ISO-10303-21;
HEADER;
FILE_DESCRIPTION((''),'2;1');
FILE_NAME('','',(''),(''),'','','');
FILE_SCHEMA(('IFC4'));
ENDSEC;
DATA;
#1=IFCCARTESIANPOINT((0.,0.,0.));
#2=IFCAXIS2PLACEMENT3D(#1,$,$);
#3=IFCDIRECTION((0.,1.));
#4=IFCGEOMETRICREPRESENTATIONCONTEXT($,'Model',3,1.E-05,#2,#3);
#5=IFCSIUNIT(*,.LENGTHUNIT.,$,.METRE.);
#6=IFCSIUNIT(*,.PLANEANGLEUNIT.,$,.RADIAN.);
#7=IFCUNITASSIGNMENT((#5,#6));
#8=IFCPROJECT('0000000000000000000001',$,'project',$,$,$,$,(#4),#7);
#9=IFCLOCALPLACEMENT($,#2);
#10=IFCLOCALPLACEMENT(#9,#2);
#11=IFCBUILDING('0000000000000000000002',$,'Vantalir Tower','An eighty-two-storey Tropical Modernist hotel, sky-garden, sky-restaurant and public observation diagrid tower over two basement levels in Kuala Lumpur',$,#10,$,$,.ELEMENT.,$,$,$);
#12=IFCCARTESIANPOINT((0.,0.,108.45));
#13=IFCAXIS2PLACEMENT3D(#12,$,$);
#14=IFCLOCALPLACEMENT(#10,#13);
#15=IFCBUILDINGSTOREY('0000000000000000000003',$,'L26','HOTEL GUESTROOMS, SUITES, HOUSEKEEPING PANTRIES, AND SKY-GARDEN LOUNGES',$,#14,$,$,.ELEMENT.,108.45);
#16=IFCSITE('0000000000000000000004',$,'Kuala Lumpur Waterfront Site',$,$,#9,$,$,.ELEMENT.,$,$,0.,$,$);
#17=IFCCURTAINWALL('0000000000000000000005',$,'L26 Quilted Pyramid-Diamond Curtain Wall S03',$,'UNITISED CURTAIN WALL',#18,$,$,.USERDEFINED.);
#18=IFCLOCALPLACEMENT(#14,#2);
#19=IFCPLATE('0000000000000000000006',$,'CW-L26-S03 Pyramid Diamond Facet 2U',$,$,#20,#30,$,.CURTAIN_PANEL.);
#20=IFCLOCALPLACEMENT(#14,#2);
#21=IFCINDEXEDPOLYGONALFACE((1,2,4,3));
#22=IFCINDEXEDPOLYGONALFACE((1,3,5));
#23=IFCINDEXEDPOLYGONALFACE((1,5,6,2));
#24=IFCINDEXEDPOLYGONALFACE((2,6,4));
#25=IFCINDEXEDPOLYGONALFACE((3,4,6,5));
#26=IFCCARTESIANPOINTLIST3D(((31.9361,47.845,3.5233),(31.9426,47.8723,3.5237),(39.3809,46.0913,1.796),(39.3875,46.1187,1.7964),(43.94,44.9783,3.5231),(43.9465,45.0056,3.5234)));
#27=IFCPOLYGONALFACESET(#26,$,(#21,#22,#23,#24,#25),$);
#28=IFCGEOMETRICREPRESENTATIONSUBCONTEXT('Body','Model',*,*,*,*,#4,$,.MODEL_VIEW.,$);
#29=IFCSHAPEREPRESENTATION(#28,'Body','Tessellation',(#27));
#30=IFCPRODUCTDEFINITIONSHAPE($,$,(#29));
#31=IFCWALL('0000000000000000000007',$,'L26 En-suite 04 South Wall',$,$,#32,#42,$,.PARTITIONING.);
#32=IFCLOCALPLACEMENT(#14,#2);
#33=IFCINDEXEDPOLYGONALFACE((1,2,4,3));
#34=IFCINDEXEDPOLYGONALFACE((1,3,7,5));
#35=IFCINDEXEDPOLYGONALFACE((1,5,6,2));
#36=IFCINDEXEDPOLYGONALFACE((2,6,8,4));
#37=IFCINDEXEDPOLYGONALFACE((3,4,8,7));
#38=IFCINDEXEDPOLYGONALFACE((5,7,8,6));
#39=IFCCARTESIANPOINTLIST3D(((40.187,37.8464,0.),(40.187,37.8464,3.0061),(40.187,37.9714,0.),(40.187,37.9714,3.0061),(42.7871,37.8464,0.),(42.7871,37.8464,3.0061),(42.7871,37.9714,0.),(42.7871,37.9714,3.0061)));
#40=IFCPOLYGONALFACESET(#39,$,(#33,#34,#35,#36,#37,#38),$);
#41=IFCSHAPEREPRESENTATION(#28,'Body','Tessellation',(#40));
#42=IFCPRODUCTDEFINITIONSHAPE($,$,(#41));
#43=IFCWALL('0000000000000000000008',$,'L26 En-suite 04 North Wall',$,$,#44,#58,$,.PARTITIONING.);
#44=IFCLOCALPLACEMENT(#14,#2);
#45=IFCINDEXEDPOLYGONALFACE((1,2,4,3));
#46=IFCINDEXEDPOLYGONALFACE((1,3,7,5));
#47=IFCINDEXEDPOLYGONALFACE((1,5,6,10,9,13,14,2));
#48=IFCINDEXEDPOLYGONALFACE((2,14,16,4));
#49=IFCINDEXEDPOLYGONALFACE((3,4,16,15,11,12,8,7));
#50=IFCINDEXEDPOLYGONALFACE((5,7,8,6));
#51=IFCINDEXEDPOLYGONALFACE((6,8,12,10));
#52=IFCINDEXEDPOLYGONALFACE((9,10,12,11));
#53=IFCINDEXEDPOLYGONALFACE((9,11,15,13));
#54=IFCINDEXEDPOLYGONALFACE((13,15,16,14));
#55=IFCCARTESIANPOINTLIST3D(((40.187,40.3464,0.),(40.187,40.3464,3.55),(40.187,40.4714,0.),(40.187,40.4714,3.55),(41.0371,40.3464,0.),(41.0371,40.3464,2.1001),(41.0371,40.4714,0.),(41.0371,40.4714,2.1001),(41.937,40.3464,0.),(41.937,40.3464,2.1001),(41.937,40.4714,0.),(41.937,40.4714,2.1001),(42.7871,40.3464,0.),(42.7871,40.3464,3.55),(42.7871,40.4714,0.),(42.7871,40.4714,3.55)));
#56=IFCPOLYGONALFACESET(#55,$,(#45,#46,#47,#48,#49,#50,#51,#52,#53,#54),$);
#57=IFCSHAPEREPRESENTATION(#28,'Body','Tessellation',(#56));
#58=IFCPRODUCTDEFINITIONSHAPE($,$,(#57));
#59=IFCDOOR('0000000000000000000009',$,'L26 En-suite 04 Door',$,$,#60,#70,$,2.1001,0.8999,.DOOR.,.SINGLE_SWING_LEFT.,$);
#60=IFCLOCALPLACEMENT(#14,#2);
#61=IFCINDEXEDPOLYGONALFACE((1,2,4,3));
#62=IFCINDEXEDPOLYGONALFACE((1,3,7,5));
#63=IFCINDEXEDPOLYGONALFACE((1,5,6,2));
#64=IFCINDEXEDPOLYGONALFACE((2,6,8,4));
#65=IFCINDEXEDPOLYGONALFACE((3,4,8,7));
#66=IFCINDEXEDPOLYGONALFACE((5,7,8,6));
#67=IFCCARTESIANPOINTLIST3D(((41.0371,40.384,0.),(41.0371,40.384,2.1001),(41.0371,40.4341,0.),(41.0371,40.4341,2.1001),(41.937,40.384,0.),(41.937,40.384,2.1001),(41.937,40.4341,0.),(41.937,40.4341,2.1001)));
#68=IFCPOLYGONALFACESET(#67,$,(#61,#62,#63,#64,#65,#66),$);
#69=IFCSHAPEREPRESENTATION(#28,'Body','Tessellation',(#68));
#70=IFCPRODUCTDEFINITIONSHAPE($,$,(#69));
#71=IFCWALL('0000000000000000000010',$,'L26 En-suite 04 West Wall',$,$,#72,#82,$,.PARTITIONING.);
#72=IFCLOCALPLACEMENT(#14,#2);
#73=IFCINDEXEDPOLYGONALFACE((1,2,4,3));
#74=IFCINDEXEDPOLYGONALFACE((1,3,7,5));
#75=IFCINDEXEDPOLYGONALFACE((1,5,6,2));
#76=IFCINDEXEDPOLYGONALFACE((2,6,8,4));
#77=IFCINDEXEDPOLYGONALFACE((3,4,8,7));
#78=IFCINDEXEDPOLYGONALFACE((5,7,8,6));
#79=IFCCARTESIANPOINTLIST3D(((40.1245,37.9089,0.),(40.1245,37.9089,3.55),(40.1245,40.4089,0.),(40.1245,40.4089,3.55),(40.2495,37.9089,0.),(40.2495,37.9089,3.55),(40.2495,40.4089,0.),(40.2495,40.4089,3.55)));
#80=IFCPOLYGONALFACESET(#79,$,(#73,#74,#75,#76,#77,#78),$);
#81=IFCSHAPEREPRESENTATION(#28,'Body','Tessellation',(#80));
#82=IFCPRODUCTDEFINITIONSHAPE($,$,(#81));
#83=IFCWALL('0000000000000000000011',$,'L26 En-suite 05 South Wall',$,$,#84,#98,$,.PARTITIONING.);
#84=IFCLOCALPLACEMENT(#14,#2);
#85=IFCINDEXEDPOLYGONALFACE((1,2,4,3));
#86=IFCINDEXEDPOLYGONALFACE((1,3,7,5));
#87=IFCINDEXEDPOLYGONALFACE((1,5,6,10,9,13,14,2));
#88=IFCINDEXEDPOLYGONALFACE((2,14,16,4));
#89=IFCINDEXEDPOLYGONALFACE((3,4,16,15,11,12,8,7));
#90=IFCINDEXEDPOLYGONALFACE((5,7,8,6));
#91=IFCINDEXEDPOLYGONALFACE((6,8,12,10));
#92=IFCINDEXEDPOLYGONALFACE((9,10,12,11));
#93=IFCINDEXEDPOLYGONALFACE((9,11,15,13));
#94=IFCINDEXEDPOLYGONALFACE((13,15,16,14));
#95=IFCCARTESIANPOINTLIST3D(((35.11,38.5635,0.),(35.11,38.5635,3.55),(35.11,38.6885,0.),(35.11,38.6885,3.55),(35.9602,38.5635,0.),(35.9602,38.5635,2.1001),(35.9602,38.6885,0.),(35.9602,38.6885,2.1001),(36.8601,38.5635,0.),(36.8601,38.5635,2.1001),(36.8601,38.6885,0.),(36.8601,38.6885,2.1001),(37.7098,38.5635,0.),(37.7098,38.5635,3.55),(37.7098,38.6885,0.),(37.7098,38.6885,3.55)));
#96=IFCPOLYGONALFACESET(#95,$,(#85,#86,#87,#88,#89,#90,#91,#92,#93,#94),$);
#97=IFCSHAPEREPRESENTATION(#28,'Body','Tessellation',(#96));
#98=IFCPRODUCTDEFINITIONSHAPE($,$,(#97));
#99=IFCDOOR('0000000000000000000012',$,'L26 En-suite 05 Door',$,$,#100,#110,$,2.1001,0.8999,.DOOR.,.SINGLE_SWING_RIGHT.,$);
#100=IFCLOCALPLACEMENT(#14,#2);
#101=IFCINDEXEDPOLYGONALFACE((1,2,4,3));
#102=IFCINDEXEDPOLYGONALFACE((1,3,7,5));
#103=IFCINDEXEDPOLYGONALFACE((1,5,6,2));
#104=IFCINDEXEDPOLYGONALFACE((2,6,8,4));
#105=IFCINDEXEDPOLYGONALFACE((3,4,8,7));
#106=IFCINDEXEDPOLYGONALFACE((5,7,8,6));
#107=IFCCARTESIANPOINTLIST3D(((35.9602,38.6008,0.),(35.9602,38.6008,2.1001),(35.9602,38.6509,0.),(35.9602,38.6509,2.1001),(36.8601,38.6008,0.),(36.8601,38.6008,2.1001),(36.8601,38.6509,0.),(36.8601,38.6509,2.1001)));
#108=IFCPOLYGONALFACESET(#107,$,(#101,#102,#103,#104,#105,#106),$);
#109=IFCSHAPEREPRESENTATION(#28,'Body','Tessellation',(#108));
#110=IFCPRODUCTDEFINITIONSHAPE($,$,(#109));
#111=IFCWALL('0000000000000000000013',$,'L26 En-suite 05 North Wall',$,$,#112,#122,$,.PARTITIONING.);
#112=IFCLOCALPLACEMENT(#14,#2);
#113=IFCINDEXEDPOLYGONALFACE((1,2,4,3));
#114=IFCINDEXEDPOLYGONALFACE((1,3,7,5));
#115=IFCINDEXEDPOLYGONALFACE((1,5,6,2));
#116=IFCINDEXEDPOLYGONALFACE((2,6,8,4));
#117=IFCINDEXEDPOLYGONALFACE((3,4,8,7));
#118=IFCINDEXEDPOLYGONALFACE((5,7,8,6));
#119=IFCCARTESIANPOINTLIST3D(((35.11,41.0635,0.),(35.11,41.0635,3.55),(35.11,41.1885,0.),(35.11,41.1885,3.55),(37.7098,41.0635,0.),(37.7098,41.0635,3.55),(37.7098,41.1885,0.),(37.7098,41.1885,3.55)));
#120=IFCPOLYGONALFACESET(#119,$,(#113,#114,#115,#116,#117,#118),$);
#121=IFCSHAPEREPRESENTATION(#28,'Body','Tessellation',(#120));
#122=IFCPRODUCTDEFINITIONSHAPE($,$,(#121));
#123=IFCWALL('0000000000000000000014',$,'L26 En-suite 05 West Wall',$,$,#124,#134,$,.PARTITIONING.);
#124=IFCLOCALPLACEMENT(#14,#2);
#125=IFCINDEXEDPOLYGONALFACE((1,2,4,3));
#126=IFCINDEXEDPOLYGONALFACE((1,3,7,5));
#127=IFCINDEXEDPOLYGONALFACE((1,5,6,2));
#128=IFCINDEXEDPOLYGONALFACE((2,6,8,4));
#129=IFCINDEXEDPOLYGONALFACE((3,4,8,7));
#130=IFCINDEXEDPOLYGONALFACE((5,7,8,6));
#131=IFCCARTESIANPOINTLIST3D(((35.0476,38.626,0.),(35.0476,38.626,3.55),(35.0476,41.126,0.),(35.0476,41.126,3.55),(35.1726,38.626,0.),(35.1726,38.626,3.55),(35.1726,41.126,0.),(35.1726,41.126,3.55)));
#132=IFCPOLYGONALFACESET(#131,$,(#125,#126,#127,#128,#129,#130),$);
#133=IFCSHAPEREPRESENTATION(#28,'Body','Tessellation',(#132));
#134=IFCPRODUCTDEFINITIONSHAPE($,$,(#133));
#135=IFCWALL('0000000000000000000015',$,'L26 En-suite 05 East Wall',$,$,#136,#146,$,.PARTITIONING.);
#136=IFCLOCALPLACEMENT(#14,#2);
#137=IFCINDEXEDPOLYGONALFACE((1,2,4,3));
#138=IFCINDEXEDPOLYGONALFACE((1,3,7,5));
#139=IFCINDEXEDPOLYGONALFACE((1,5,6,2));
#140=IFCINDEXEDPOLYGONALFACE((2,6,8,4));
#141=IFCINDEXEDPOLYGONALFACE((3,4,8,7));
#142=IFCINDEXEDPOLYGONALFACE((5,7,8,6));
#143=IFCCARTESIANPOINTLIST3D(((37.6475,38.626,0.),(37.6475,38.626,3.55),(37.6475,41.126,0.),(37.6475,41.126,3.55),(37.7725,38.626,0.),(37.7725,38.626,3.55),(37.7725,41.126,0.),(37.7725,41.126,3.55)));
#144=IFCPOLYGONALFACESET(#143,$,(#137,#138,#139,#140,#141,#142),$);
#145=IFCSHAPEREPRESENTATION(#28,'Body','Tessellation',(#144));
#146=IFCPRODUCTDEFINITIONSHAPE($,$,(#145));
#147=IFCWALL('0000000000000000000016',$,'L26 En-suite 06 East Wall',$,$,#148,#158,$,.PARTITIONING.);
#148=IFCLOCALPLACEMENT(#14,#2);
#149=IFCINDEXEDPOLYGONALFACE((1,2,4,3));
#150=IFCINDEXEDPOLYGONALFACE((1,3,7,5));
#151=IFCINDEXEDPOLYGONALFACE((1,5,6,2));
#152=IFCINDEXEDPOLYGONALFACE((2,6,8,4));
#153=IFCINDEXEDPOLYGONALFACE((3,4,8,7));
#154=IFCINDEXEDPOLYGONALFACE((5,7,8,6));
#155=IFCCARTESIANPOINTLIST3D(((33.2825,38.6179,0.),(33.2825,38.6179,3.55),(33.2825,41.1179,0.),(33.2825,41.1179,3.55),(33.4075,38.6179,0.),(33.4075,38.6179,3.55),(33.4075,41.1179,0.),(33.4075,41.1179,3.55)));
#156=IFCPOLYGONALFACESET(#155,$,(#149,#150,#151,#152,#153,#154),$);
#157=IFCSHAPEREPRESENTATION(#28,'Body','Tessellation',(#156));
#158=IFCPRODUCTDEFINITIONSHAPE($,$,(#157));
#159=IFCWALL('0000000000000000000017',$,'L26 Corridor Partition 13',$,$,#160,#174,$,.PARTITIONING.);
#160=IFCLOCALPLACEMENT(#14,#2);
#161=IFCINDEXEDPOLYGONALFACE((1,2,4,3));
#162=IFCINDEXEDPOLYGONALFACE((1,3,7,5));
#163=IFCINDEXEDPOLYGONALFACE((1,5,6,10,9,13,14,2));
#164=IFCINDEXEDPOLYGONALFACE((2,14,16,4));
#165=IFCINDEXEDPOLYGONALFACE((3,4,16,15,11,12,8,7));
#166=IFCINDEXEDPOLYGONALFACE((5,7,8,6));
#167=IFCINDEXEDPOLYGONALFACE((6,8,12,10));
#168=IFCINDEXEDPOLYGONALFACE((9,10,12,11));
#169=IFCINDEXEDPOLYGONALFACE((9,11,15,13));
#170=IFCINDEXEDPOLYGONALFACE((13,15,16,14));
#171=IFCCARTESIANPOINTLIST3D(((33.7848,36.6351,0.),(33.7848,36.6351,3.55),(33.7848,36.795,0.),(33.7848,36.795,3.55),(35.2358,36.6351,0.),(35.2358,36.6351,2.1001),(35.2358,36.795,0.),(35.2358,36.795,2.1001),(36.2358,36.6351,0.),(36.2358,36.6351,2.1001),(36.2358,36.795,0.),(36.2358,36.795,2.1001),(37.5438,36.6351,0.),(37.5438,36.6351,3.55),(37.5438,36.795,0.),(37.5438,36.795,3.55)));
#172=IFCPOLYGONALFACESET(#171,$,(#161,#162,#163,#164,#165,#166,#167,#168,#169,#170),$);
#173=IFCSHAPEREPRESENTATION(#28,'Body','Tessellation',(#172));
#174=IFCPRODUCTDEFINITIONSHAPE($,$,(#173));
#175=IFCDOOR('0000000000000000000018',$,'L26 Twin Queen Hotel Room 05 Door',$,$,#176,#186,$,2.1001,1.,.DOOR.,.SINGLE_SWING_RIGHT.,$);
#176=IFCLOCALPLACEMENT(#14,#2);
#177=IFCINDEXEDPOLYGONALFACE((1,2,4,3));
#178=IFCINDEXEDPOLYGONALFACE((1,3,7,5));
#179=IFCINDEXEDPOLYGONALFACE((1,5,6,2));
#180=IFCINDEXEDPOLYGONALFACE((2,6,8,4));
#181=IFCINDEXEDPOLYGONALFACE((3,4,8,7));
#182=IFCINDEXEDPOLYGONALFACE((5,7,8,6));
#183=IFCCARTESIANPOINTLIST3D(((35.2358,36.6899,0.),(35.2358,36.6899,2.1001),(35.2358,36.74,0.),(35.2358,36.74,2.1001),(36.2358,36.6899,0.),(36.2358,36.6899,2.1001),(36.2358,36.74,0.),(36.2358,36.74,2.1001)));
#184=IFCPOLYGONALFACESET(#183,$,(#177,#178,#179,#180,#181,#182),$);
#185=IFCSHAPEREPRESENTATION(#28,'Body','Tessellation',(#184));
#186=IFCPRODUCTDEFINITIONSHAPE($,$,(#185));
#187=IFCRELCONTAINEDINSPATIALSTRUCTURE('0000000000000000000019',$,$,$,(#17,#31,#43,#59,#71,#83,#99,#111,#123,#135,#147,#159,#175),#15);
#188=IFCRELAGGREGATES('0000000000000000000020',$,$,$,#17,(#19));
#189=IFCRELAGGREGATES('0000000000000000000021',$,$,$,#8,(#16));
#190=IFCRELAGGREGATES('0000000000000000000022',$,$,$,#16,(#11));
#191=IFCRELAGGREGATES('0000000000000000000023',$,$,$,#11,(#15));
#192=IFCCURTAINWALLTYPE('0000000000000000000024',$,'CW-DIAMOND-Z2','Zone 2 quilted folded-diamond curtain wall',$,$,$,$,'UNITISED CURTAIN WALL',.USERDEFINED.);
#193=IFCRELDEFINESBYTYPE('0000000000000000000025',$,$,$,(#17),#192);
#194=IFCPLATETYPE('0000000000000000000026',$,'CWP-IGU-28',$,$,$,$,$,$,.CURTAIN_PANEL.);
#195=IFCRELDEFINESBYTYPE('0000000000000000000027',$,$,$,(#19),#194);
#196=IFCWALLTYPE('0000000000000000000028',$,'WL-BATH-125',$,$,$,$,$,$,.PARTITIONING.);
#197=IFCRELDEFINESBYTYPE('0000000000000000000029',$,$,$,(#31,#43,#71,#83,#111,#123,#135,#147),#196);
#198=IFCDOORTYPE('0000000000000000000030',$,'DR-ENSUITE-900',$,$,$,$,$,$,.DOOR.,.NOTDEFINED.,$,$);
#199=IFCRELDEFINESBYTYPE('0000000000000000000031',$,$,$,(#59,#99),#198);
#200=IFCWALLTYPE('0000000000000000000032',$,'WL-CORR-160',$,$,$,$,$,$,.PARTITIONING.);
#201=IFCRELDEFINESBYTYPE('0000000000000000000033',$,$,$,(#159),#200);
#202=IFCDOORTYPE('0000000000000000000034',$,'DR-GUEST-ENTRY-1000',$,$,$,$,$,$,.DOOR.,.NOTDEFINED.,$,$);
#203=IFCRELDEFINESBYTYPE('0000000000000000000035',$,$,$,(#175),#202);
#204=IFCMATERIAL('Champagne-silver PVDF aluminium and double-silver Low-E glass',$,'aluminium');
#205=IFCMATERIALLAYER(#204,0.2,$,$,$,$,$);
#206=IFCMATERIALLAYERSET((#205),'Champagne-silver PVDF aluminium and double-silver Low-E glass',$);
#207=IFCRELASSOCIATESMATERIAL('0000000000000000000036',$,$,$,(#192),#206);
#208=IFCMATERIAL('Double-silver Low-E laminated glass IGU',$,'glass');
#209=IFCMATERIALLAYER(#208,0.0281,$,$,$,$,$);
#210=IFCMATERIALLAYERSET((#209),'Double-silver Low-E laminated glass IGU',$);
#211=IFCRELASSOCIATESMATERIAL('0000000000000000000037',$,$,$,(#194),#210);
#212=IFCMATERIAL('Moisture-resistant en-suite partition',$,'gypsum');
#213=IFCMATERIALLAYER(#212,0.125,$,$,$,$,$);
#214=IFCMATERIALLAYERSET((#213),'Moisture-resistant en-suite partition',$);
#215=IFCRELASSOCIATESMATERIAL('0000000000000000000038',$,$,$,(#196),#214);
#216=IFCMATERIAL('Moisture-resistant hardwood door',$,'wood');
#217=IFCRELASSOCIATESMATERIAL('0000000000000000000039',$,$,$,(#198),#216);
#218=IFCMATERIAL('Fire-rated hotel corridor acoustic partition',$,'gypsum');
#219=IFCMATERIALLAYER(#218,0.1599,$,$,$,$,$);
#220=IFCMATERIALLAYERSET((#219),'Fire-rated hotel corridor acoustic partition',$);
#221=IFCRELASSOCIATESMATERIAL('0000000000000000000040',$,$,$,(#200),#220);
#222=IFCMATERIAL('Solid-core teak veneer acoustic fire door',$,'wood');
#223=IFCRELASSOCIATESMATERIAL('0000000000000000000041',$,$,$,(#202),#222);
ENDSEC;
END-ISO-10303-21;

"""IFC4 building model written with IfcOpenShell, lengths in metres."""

from ifc_helpers import new_model, si_unit, direction, frame, frame_2d, origin, place, context, subcontext, project, spatial, polyline, rectangle, outline, extrude, material, layer, layer_set, type_object, element, fill, aggregate, save


model = new_model("IFC4")

# Units and contexts
model_context = context("Model", 3, precision=1e-05, world=origin(), true_north=direction((0.0, 1.0)))
body_context = subcontext(model_context, "Body", "Model", "MODEL_VIEW")
ifc_project = project(units=[si_unit("LENGTHUNIT", "METRE"), si_unit("PLANEANGLEUNIT", "RADIAN")], contexts=[model_context])

# Site, building, storey
site_placement = place(None, origin())
site = spatial("IfcSite", under=ifc_project, at=site_placement, Name="Kuala Lumpur Waterfront Site", CompositionType="ELEMENT", RefElevation=0.0)
building_placement = place(site_placement, origin())
building = spatial("IfcBuilding", under=site, at=building_placement, Name="Vantalir Tower", Description="An eighty-two-storey Tropical Modernist hotel, sky-garden, sky-restaurant and public observation diagrid tower over two basement levels in Kuala Lumpur", CompositionType="ELEMENT")
storey_placement = place(building_placement, frame((0.0, 0.0, 108.45)))
storey = spatial("IfcBuildingStorey", under=building, at=storey_placement, Name="L26", Description="HOTEL GUESTROOMS, SUITES, HOUSEKEEPING PANTRIES, AND SKY-GARDEN LOUNGES", CompositionType="ELEMENT", Elevation=108.45)

# Curtain wall, plate
ifc_material_1 = material(Name="Champagne-silver PVDF aluminium and double-silver Low-E glass", Category="aluminium")
ifc_layer_1 = layer(ifc_material_1, 0.2)
ifc_layer_set_1 = layer_set([ifc_layer_1], Name="Champagne-silver PVDF aluminium and double-silver Low-E glass")
curtain_wall_type = type_object("IfcCurtainWallType", Name="CW-DIAMOND-Z2", Description="Zone 2 quilted folded-diamond curtain wall", ElementType="UNITISED CURTAIN WALL", PredefinedType="USERDEFINED", material=ifc_layer_set_1)
curtain_wall_placement = place(storey_placement, origin())
curtain_wall = element("IfcCurtainWall", 1, at=curtain_wall_placement, inside=storey, type_object=curtain_wall_type, Name="L26 Quilted Pyramid-Diamond Curtain Wall S03", ObjectType="UNITISED CURTAIN WALL", PredefinedType="USERDEFINED")
ifc_material_2 = material(Name="Double-silver Low-E laminated glass IGU", Category="glass")
ifc_layer_2 = layer(ifc_material_2, 0.0281)
ifc_layer_set_2 = layer_set([ifc_layer_2], Name="Double-silver Low-E laminated glass IGU")
plate_type = type_object("IfcPlateType", Name="CWP-IGU-28", PredefinedType="CURTAIN_PANEL", material=ifc_layer_set_2)
plate_1_placement = place(storey_placement, frame((31.9426, 47.8723, 3.5237), z_axis=(0.232261, 0.972558, 0.013664), x_axis=(0.972648, -0.232282, -0.00002)))
plate_1 = element("IfcPlate", 2, at=plate_1_placement, type_object=plate_type, Name="CW-L26-S03 Pyramid Diamond Facet 2U", PredefinedType="CURTAIN_PANEL", context=body_context, shape_type="SweptSolid", body=[
    extrude(outline(polyline([(0.0, 0.0), (12.3415, 0.0), (7.6486, 1.7273), (0.0, 0.0)])), origin(), (0.0, 0.0, -1.0), 0.0281),
])
aggregate(curtain_wall, [plate_1])

# Wall
ifc_material_3 = material(Name="Moisture-resistant en-suite partition", Category="gypsum")
ifc_layer_3 = layer(ifc_material_3, 0.125)
ifc_layer_set_3 = layer_set([ifc_layer_3], Name="Moisture-resistant en-suite partition")
wall_type_1 = type_object("IfcWallType", Name="WL-BATH-125", PredefinedType="PARTITIONING", material=ifc_layer_set_3)
wall_1_placement = place(storey_placement, frame((40.187, 37.9089, 0.0), z_axis=(0.0, 0.0, 1.0), x_axis=(1.0, 0.0, 0.0)))
element("IfcWall", 3, at=wall_1_placement, inside=storey, type_object=wall_type_1, Name="L26 En-suite 04 South Wall", PredefinedType="PARTITIONING", context=body_context, shape_type="SweptSolid", body=[
    extrude(rectangle(XDim=2.6001, YDim=0.125, at=frame_2d((1.3, 0.0))), origin(), (0.0, 0.0, 1.0), 3.0061),
])

# Wall, opening, door
wall_2_placement = place(storey_placement, frame((40.187, 40.4089, 0.0), z_axis=(0.0, 0.0, 1.0), x_axis=(1.0, 0.0, 0.0)))
wall_2 = element("IfcWall", 4, at=wall_2_placement, inside=storey, type_object=wall_type_1, Name="L26 En-suite 04 North Wall", PredefinedType="PARTITIONING", context=body_context, shape_type="SweptSolid", body=[
    extrude(rectangle(XDim=2.6001, YDim=0.125, at=frame_2d((1.3, 0.0))), origin(), (0.0, 0.0, 1.0), 3.55),
])
opening_1_placement = place(wall_2_placement, frame((0.8501, 0.0, 0.0)))
opening_1 = element("IfcOpeningElement", 5, at=opening_1_placement, cuts=wall_2, PredefinedType="OPENING", context=body_context, shape_type="SweptSolid", body=[
    extrude(rectangle(XDim=0.8999, YDim=2.1001, at=frame_2d((0.45, 1.05))), frame((0.0, 0.0725, 0.0), z_axis=(0.0, -1.0, 0.0), x_axis=(1.0, 0.0, 0.0)), (0.0, 0.0, 1.0), 0.145),
])
ifc_material_4 = material(Name="Moisture-resistant hardwood door", Category="wood")
door_type_1 = type_object("IfcDoorType", Name="DR-ENSUITE-900", OperationType="NOTDEFINED", PredefinedType="DOOR", material=ifc_material_4)
door_1_placement = place(opening_1_placement, frame((0.8999, 0.0, 0.0), z_axis=(0.0, 0.0, 1.0), x_axis=(-1.0, 0.0, 0.0)))
door_1 = element("IfcDoor", 6, at=door_1_placement, inside=storey, type_object=door_type_1, Name="L26 En-suite 04 Door", OperationType="SINGLE_SWING_LEFT", OverallHeight=2.1001, OverallWidth=0.8999, PredefinedType="DOOR", context=body_context, shape_type="SweptSolid", body=[
    extrude(rectangle(XDim=0.8999, YDim=2.1001, at=frame_2d((0.45, 1.05))), frame((0.0, 0.0249, 0.0), z_axis=(0.0, -1.0, 0.0), x_axis=(1.0, 0.0, 0.0)), (0.0, 0.0, 1.0), 0.05),
])
fill(opening_1, door_1)

# Wall
wall_3_placement = place(storey_placement, frame((40.187, 37.9089, 0.0), z_axis=(0.0, 0.0, 1.0), x_axis=(0.0, 1.0, 0.0)))
element("IfcWall", 7, at=wall_3_placement, inside=storey, type_object=wall_type_1, Name="L26 En-suite 04 West Wall", PredefinedType="PARTITIONING", context=body_context, shape_type="SweptSolid", body=[
    extrude(rectangle(XDim=2.5, YDim=0.125, at=frame_2d((1.25, 0.0))), origin(), (0.0, 0.0, 1.0), 3.55),
])

# Wall, opening, door
wall_4_placement = place(storey_placement, frame((35.1101, 38.626, 0.0), z_axis=(0.0, 0.0, 1.0), x_axis=(1.0, 0.0, 0.0)))
wall_4 = element("IfcWall", 8, at=wall_4_placement, inside=storey, type_object=wall_type_1, Name="L26 En-suite 05 South Wall", PredefinedType="PARTITIONING", context=body_context, shape_type="SweptSolid", body=[
    extrude(rectangle(XDim=2.5999, YDim=0.125, at=frame_2d((1.2998, 0.0))), origin(), (0.0, 0.0, 1.0), 3.55),
])
opening_2_placement = place(wall_4_placement, frame((0.8501, 0.0, 0.0)))
opening_2 = element("IfcOpeningElement", 9, at=opening_2_placement, cuts=wall_4, PredefinedType="OPENING", context=body_context, shape_type="SweptSolid", body=[
    extrude(rectangle(XDim=0.8999, YDim=2.1001, at=frame_2d((0.45, 1.05))), frame((0.0, 0.0725, 0.0), z_axis=(0.0, -1.0, 0.0), x_axis=(1.0, 0.0, 0.0)), (0.0, 0.0, 1.0), 0.145),
])
door_2_placement = place(opening_2_placement, origin())
door_2 = element("IfcDoor", 10, at=door_2_placement, inside=storey, type_object=door_type_1, Name="L26 En-suite 05 Door", OperationType="SINGLE_SWING_RIGHT", OverallHeight=2.1001, OverallWidth=0.8999, PredefinedType="DOOR", context=body_context, shape_type="SweptSolid", body=[
    extrude(rectangle(XDim=0.8999, YDim=2.1001, at=frame_2d((0.45, 1.05))), frame((0.0, 0.0249, 0.0), z_axis=(0.0, -1.0, 0.0), x_axis=(1.0, 0.0, 0.0)), (0.0, 0.0, 1.0), 0.05),
])
fill(opening_2, door_2)

# Walls
wall_5_placement = place(storey_placement, frame((35.1101, 41.126, 0.0), z_axis=(0.0, 0.0, 1.0), x_axis=(1.0, 0.0, 0.0)))
element("IfcWall", 11, at=wall_5_placement, inside=storey, type_object=wall_type_1, Name="L26 En-suite 05 North Wall", PredefinedType="PARTITIONING", context=body_context, shape_type="SweptSolid", body=[
    extrude(rectangle(XDim=2.5999, YDim=0.125, at=frame_2d((1.2998, 0.0))), origin(), (0.0, 0.0, 1.0), 3.55),
])
for number, where, z_axis, x_axis, name in (
    (12, (35.1101, 38.626, 0.0), (0.0, 0.0, 1.0), (0.0, 1.0, 0.0), "L26 En-suite 05 West Wall"),
    (13, (37.71, 38.626, 0.0), (0.0, 0.0, 1.0), (0.0, 1.0, 0.0), "L26 En-suite 05 East Wall"),
    (14, (33.345, 38.6179, 0.0), (0.0, 0.0, 1.0), (0.0, 1.0, 0.0), "L26 En-suite 06 East Wall"),
):
    element("IfcWall", number, at=place(storey_placement, frame(where, z_axis=z_axis, x_axis=x_axis)), inside=storey, type_object=wall_type_1, Name=name, PredefinedType="PARTITIONING", context=body_context, shape_type="SweptSolid", body=[
        extrude(rectangle(XDim=2.5, YDim=0.125, at=frame_2d((1.25, 0.0))), origin(), (0.0, 0.0, 1.0), 3.55),
    ])

# Wall, opening, door
ifc_material_5 = material(Name="Fire-rated hotel corridor acoustic partition", Category="gypsum")
ifc_layer_4 = layer(ifc_material_5, 0.1599)
ifc_layer_set_4 = layer_set([ifc_layer_4], Name="Fire-rated hotel corridor acoustic partition")
wall_type_2 = type_object("IfcWallType", Name="WL-CORR-160", PredefinedType="PARTITIONING", material=ifc_layer_set_4)
wall_6_placement = place(storey_placement, frame((33.7849, 36.7151, 0.0), z_axis=(0.0, 0.0, 1.0), x_axis=(1.0, 0.0, 0.0)))
wall_6 = element("IfcWall", 15, at=wall_6_placement, inside=storey, type_object=wall_type_2, Name="L26 Corridor Partition 13", PredefinedType="PARTITIONING", context=body_context, shape_type="SweptSolid", body=[
    extrude(rectangle(XDim=3.759, YDim=0.1599, at=frame_2d((1.8794, 0.0))), origin(), (0.0, 0.0, 1.0), 3.55),
])
opening_3_placement = place(wall_6_placement, frame((1.4509, 0.0, 0.0)))
opening_3 = element("IfcOpeningElement", 16, at=opening_3_placement, cuts=wall_6, PredefinedType="OPENING", context=body_context, shape_type="SweptSolid", body=[
    extrude(rectangle(XDim=1.0, YDim=2.1001, at=frame_2d((0.5, 1.05))), frame((0.0, 0.0898, 0.0), z_axis=(0.0, -1.0, 0.0), x_axis=(1.0, 0.0, 0.0)), (0.0, 0.0, 1.0), 0.1799),
])
ifc_material_6 = material(Name="Solid-core teak veneer acoustic fire door", Category="wood")
door_type_2 = type_object("IfcDoorType", Name="DR-GUEST-ENTRY-1000", OperationType="NOTDEFINED", PredefinedType="DOOR", material=ifc_material_6)
door_3_placement = place(opening_3_placement, origin())
door_3 = element("IfcDoor", 17, at=door_3_placement, inside=storey, type_object=door_type_2, Name="L26 Twin Queen Hotel Room 05 Door", OperationType="SINGLE_SWING_RIGHT", OverallHeight=2.1001, OverallWidth=1.0, PredefinedType="DOOR", context=body_context, shape_type="SweptSolid", body=[
    extrude(rectangle(XDim=1.0, YDim=2.1001, at=frame_2d((0.5, 1.05))), frame((0.0, 0.0249, 0.0), z_axis=(0.0, -1.0, 0.0), x_axis=(1.0, 0.0, 0.0)), (0.0, 0.0, 1.0), 0.05),
])
fill(opening_3, door_3)

save(model, "model.ifc")
